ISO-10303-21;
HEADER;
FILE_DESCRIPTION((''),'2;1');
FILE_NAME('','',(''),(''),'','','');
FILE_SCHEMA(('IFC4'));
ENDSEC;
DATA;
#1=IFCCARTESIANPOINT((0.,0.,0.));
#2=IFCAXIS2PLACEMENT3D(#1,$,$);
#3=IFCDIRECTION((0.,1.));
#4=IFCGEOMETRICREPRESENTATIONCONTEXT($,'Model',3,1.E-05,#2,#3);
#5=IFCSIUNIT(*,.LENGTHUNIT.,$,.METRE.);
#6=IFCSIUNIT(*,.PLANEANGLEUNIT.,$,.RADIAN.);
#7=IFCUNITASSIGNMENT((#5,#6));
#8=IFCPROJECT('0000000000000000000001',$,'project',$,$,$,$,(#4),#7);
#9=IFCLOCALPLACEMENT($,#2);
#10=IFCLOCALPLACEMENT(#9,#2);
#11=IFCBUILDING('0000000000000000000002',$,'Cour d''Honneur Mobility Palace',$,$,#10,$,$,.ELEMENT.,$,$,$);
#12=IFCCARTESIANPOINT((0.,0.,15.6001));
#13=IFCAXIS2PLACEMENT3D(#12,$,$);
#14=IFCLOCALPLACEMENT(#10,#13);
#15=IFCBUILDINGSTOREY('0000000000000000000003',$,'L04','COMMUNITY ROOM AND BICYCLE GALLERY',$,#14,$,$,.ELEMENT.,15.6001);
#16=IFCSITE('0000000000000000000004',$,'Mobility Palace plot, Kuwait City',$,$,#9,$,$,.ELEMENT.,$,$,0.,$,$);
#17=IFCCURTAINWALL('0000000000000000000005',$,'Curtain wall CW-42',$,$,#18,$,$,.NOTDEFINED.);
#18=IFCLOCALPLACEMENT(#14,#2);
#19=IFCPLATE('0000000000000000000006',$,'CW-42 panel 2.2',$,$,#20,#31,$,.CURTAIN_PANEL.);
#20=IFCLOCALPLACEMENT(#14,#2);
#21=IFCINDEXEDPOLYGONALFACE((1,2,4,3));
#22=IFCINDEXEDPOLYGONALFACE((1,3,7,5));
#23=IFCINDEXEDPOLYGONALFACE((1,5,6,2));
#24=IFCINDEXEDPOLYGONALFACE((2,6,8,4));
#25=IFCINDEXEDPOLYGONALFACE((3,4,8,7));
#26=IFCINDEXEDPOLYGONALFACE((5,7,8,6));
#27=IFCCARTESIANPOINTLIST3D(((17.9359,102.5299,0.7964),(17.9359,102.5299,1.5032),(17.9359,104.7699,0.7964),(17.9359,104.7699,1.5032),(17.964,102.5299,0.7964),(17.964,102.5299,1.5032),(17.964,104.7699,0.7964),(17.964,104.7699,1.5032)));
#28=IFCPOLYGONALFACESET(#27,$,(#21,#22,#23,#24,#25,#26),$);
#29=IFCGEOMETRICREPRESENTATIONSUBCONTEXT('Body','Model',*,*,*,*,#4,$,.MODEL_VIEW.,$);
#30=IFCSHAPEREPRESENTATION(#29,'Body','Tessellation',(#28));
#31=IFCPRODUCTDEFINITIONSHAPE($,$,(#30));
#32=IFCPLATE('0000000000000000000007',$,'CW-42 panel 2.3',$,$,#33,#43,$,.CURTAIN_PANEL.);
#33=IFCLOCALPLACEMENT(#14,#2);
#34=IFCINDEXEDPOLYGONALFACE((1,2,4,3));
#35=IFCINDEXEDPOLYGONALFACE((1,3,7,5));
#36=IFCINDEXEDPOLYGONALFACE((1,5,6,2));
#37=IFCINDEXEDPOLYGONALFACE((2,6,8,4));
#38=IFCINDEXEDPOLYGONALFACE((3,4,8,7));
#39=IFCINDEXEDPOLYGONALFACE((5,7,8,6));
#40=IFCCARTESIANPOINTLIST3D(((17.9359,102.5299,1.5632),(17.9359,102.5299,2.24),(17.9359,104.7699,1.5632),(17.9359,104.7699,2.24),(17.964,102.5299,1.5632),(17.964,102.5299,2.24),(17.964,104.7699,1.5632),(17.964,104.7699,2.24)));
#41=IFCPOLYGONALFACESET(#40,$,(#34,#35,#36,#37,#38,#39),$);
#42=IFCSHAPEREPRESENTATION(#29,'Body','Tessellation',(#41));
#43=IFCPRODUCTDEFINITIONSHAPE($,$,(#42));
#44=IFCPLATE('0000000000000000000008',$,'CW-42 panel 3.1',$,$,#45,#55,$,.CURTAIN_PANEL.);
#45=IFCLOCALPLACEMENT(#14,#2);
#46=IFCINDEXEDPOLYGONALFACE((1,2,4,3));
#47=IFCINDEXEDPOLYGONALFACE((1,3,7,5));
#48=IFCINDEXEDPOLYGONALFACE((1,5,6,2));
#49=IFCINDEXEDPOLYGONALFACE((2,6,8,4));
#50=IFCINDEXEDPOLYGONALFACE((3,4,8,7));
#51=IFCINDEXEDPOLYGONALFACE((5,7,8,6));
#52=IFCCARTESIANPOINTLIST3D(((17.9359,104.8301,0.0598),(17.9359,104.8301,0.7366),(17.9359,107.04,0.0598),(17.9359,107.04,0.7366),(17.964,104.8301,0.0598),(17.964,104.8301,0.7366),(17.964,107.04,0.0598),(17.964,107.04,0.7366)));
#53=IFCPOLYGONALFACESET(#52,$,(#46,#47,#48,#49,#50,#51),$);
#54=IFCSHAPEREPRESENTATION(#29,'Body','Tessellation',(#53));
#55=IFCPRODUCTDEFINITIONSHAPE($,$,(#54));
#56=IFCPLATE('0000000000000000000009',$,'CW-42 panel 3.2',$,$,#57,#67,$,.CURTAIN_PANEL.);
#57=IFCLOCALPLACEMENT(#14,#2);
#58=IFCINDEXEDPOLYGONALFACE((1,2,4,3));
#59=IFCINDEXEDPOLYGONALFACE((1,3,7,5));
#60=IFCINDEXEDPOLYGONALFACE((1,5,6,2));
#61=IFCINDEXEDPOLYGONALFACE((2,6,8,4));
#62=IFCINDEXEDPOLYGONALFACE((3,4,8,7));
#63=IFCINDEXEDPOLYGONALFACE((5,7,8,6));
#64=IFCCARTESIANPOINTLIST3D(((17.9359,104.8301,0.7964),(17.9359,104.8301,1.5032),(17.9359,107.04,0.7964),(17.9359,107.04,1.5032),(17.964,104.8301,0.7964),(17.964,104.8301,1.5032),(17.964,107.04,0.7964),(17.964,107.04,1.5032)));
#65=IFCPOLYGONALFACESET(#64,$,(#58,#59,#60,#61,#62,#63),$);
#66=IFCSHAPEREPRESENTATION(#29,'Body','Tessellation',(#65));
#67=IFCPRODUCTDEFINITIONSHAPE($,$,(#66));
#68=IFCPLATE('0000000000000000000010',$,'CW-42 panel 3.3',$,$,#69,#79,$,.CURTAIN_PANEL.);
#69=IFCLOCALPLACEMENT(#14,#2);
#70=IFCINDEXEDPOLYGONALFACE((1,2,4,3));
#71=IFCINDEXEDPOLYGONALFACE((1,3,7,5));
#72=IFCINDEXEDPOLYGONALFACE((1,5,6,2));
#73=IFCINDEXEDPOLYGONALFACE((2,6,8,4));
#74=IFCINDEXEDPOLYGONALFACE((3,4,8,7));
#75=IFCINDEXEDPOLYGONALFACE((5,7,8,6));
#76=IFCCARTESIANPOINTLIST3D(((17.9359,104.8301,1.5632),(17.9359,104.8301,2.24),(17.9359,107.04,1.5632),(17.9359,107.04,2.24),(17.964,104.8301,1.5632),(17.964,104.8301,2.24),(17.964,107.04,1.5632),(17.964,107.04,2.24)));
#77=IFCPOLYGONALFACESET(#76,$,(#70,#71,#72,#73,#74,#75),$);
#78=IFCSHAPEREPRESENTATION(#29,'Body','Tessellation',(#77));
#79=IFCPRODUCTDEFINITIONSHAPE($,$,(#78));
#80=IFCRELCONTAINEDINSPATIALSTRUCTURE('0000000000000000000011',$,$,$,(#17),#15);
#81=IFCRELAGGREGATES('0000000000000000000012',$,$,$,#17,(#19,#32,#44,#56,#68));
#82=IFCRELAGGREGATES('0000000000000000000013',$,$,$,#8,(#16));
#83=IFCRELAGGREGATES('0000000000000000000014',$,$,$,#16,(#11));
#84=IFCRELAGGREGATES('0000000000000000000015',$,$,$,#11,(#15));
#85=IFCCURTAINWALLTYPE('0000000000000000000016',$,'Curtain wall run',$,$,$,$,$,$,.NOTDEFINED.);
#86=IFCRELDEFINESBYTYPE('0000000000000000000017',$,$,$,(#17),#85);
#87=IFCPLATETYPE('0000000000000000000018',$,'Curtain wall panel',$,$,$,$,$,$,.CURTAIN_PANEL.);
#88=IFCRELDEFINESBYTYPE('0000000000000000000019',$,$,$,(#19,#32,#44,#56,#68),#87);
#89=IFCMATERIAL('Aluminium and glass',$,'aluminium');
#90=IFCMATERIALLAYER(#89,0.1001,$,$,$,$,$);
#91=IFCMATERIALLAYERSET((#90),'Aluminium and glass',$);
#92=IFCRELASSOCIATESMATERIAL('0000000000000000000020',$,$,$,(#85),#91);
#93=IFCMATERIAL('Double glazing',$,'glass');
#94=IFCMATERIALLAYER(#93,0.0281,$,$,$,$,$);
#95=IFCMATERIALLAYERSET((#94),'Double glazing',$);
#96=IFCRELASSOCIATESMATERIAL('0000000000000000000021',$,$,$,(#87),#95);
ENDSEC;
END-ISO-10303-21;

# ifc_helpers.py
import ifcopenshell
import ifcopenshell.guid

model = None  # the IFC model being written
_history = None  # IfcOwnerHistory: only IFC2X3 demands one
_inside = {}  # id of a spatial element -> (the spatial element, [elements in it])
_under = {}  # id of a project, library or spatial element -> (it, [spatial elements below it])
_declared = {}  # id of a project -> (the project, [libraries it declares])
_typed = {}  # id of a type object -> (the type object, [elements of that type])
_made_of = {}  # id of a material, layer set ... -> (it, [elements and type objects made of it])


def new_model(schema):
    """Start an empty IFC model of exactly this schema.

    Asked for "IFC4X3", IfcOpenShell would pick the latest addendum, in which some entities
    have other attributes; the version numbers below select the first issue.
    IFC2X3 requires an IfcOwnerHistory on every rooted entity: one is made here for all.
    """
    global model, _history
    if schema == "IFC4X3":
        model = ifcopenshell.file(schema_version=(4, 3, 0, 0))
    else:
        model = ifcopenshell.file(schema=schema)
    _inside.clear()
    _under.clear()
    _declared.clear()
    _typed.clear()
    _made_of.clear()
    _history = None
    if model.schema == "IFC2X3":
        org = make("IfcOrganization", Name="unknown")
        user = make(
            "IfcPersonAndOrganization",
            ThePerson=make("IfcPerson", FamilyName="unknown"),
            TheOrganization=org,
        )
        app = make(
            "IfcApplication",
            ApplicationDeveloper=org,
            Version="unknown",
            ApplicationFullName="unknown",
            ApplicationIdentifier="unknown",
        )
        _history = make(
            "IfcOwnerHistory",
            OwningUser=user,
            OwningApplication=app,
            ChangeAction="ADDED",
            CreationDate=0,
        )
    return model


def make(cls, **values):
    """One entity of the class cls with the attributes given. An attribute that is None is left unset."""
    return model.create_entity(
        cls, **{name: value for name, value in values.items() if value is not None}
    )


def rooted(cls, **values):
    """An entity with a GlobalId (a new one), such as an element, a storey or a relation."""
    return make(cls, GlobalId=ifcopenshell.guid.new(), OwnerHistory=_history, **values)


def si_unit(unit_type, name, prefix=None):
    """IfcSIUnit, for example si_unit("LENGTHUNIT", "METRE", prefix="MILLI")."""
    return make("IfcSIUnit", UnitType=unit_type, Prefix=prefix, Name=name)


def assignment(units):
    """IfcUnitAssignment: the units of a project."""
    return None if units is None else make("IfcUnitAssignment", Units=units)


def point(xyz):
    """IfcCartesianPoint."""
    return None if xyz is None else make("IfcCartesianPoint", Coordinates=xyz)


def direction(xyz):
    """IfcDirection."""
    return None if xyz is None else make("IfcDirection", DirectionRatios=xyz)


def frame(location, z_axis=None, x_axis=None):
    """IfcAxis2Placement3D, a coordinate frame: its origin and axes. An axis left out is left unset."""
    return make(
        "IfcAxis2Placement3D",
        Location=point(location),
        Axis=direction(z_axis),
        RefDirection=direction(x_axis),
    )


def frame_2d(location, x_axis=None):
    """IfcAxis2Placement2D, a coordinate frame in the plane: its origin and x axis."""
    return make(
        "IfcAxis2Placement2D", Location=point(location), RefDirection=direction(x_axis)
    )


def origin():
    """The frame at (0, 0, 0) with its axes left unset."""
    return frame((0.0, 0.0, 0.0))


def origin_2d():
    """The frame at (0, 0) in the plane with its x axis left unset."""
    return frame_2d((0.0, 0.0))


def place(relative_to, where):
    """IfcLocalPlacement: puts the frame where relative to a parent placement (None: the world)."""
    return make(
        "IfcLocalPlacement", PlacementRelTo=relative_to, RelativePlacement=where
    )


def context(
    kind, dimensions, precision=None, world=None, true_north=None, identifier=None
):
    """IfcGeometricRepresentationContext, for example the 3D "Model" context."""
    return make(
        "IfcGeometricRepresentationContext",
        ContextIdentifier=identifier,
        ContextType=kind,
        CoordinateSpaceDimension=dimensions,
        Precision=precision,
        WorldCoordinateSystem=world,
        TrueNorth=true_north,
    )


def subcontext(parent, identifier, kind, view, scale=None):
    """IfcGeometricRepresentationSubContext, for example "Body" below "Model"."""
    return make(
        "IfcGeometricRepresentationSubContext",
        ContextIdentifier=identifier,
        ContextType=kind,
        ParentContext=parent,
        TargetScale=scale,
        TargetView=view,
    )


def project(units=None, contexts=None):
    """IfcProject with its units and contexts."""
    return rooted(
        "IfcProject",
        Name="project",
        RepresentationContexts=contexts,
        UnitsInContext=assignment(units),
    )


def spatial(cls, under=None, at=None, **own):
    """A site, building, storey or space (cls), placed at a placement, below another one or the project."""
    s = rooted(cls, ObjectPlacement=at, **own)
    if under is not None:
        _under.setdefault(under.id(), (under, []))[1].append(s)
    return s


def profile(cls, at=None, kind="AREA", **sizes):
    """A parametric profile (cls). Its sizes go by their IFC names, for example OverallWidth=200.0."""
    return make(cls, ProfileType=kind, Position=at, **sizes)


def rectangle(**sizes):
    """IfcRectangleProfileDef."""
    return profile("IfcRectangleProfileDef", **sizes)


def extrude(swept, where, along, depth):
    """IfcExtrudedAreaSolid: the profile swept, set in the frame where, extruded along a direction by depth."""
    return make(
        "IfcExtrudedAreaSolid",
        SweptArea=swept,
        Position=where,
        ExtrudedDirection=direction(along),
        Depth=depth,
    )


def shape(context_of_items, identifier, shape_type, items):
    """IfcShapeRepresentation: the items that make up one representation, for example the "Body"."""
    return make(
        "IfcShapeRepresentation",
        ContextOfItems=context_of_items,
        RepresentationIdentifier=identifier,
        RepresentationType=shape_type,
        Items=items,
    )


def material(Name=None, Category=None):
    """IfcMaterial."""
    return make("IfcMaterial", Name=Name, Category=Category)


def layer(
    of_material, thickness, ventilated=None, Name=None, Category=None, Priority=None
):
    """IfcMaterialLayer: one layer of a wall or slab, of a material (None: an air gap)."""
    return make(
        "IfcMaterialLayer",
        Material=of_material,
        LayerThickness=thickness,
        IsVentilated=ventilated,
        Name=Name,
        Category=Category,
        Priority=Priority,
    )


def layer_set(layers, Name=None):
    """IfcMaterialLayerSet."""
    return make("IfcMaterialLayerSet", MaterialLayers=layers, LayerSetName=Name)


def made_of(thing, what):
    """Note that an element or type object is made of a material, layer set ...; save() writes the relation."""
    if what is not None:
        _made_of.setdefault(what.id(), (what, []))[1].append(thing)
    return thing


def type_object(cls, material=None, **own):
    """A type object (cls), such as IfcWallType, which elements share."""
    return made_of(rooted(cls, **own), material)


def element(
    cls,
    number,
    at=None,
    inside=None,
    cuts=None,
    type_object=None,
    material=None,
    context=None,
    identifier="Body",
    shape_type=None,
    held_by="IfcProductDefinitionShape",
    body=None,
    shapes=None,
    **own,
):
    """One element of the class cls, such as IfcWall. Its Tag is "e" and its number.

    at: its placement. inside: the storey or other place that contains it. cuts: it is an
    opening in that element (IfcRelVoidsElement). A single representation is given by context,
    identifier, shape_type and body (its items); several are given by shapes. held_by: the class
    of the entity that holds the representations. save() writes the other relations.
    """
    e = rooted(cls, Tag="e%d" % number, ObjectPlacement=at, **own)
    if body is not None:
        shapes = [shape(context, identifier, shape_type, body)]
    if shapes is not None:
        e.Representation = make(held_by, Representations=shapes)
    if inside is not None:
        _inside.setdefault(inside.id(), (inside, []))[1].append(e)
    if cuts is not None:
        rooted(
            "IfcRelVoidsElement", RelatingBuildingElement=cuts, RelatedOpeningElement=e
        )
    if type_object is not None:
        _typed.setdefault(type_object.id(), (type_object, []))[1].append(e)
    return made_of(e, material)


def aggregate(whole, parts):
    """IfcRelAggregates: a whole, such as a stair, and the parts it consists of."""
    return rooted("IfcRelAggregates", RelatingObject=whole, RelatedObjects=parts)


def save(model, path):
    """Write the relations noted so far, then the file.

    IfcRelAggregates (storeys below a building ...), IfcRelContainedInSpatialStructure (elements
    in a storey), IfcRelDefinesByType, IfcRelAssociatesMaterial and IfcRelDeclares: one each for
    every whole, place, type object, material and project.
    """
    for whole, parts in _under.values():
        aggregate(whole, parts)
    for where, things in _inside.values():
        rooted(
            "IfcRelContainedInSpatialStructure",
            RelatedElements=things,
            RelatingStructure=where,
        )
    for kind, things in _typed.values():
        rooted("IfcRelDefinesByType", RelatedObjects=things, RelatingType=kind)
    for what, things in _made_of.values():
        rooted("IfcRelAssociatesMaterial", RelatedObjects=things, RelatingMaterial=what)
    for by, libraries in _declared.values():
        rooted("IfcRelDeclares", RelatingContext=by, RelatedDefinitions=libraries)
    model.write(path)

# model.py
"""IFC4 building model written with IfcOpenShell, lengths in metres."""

from ifc_helpers import new_model, si_unit, direction, frame, origin, origin_2d, place, context, subcontext, project, spatial, rectangle, extrude, material, layer, layer_set, type_object, element, aggregate, save


model = new_model("IFC4")

# Units and contexts
model_context = context("Model", 3, precision=1e-05, world=origin(), true_north=direction((0.0, 1.0)))
body_context = subcontext(model_context, "Body", "Model", "MODEL_VIEW")
ifc_project = project(units=[si_unit("LENGTHUNIT", "METRE"), si_unit("PLANEANGLEUNIT", "RADIAN")], contexts=[model_context])

# Site, building, storey
site_placement = place(None, origin())
site = spatial("IfcSite", under=ifc_project, at=site_placement, Name="Mobility Palace plot, Kuwait City", CompositionType="ELEMENT", RefElevation=0.0)
building_placement = place(site_placement, origin())
building = spatial("IfcBuilding", under=site, at=building_placement, Name="Cour d'Honneur Mobility Palace", CompositionType="ELEMENT")
storey_placement = place(building_placement, frame((0.0, 0.0, 15.6001)))
storey = spatial("IfcBuildingStorey", under=building, at=storey_placement, Name="L04", Description="COMMUNITY ROOM AND BICYCLE GALLERY", CompositionType="ELEMENT", Elevation=15.6001)

# Curtain wall, plates
ifc_material_1 = material(Name="Aluminium and glass", Category="aluminium")
ifc_layer_1 = layer(ifc_material_1, 0.1001)
ifc_layer_set_1 = layer_set([ifc_layer_1], Name="Aluminium and glass")
curtain_wall_type = type_object("IfcCurtainWallType", Name="Curtain wall run", PredefinedType="NOTDEFINED", material=ifc_layer_set_1)
curtain_wall_placement = place(storey_placement, origin())
curtain_wall = element("IfcCurtainWall", 1, at=curtain_wall_placement, inside=storey, type_object=curtain_wall_type, Name="Curtain wall CW-42", PredefinedType="NOTDEFINED")
ifc_material_2 = material(Name="Double glazing", Category="glass")
ifc_layer_2 = layer(ifc_material_2, 0.0281)
ifc_layer_set_2 = layer_set([ifc_layer_2], Name="Double glazing")
plate_type = type_object("IfcPlateType", Name="Curtain wall panel", PredefinedType="CURTAIN_PANEL", material=ifc_layer_set_2)
plate_1_placement = place(storey_placement, frame((17.95, 103.6499, 0.7964), z_axis=(0.0, 0.0, 1.0), x_axis=(0.0, 1.0, 0.0)))
plate_1 = element("IfcPlate", 2, at=plate_1_placement, type_object=plate_type, Name="CW-42 panel 2.2", PredefinedType="CURTAIN_PANEL", context=body_context, shape_type="SweptSolid", body=[
    extrude(rectangle(XDim=2.24, YDim=0.0281, at=origin_2d()), origin(), (0.0, 0.0, 1.0), 0.7068),
])
plate_2_placement = place(storey_placement, frame((17.95, 103.6499, 1.5632), z_axis=(0.0, 0.0, 1.0), x_axis=(0.0, 1.0, 0.0)))
plate_2 = element("IfcPlate", 3, at=plate_2_placement, type_object=plate_type, Name="CW-42 panel 2.3", PredefinedType="CURTAIN_PANEL", context=body_context, shape_type="SweptSolid", body=[
    extrude(rectangle(XDim=2.24, YDim=0.0281, at=origin_2d()), origin(), (0.0, 0.0, 1.0), 0.6768),
])
plate_3_placement = place(storey_placement, frame((17.95, 105.9351, 0.0598), z_axis=(0.0, 0.0, 1.0), x_axis=(0.0, 1.0, 0.0)))
plate_3 = element("IfcPlate", 4, at=plate_3_placement, type_object=plate_type, Name="CW-42 panel 3.1", PredefinedType="CURTAIN_PANEL", context=body_context, shape_type="SweptSolid", body=[
    extrude(rectangle(XDim=2.21, YDim=0.0281, at=origin_2d()), origin(), (0.0, 0.0, 1.0), 0.6768),
])
plate_4_placement = place(storey_placement, frame((17.95, 105.9351, 0.7964), z_axis=(0.0, 0.0, 1.0), x_axis=(0.0, 1.0, 0.0)))
plate_4 = element("IfcPlate", 5, at=plate_4_placement, type_object=plate_type, Name="CW-42 panel 3.2", PredefinedType="CURTAIN_PANEL", context=body_context, shape_type="SweptSolid", body=[
    extrude(rectangle(XDim=2.21, YDim=0.0281, at=origin_2d()), origin(), (0.0, 0.0, 1.0), 0.7068),
])
plate_5_placement = place(storey_placement, frame((17.95, 105.9351, 1.5632), z_axis=(0.0, 0.0, 1.0), x_axis=(0.0, 1.0, 0.0)))
plate_5 = element("IfcPlate", 6, at=plate_5_placement, type_object=plate_type, Name="CW-42 panel 3.3", PredefinedType="CURTAIN_PANEL", context=body_context, shape_type="SweptSolid", body=[
    extrude(rectangle(XDim=2.21, YDim=0.0281, at=origin_2d()), origin(), (0.0, 0.0, 1.0), 0.6768),
])
aggregate(curtain_wall, [plate_1, plate_2, plate_3, plate_4, plate_5])

save(model, "model.ifc")
